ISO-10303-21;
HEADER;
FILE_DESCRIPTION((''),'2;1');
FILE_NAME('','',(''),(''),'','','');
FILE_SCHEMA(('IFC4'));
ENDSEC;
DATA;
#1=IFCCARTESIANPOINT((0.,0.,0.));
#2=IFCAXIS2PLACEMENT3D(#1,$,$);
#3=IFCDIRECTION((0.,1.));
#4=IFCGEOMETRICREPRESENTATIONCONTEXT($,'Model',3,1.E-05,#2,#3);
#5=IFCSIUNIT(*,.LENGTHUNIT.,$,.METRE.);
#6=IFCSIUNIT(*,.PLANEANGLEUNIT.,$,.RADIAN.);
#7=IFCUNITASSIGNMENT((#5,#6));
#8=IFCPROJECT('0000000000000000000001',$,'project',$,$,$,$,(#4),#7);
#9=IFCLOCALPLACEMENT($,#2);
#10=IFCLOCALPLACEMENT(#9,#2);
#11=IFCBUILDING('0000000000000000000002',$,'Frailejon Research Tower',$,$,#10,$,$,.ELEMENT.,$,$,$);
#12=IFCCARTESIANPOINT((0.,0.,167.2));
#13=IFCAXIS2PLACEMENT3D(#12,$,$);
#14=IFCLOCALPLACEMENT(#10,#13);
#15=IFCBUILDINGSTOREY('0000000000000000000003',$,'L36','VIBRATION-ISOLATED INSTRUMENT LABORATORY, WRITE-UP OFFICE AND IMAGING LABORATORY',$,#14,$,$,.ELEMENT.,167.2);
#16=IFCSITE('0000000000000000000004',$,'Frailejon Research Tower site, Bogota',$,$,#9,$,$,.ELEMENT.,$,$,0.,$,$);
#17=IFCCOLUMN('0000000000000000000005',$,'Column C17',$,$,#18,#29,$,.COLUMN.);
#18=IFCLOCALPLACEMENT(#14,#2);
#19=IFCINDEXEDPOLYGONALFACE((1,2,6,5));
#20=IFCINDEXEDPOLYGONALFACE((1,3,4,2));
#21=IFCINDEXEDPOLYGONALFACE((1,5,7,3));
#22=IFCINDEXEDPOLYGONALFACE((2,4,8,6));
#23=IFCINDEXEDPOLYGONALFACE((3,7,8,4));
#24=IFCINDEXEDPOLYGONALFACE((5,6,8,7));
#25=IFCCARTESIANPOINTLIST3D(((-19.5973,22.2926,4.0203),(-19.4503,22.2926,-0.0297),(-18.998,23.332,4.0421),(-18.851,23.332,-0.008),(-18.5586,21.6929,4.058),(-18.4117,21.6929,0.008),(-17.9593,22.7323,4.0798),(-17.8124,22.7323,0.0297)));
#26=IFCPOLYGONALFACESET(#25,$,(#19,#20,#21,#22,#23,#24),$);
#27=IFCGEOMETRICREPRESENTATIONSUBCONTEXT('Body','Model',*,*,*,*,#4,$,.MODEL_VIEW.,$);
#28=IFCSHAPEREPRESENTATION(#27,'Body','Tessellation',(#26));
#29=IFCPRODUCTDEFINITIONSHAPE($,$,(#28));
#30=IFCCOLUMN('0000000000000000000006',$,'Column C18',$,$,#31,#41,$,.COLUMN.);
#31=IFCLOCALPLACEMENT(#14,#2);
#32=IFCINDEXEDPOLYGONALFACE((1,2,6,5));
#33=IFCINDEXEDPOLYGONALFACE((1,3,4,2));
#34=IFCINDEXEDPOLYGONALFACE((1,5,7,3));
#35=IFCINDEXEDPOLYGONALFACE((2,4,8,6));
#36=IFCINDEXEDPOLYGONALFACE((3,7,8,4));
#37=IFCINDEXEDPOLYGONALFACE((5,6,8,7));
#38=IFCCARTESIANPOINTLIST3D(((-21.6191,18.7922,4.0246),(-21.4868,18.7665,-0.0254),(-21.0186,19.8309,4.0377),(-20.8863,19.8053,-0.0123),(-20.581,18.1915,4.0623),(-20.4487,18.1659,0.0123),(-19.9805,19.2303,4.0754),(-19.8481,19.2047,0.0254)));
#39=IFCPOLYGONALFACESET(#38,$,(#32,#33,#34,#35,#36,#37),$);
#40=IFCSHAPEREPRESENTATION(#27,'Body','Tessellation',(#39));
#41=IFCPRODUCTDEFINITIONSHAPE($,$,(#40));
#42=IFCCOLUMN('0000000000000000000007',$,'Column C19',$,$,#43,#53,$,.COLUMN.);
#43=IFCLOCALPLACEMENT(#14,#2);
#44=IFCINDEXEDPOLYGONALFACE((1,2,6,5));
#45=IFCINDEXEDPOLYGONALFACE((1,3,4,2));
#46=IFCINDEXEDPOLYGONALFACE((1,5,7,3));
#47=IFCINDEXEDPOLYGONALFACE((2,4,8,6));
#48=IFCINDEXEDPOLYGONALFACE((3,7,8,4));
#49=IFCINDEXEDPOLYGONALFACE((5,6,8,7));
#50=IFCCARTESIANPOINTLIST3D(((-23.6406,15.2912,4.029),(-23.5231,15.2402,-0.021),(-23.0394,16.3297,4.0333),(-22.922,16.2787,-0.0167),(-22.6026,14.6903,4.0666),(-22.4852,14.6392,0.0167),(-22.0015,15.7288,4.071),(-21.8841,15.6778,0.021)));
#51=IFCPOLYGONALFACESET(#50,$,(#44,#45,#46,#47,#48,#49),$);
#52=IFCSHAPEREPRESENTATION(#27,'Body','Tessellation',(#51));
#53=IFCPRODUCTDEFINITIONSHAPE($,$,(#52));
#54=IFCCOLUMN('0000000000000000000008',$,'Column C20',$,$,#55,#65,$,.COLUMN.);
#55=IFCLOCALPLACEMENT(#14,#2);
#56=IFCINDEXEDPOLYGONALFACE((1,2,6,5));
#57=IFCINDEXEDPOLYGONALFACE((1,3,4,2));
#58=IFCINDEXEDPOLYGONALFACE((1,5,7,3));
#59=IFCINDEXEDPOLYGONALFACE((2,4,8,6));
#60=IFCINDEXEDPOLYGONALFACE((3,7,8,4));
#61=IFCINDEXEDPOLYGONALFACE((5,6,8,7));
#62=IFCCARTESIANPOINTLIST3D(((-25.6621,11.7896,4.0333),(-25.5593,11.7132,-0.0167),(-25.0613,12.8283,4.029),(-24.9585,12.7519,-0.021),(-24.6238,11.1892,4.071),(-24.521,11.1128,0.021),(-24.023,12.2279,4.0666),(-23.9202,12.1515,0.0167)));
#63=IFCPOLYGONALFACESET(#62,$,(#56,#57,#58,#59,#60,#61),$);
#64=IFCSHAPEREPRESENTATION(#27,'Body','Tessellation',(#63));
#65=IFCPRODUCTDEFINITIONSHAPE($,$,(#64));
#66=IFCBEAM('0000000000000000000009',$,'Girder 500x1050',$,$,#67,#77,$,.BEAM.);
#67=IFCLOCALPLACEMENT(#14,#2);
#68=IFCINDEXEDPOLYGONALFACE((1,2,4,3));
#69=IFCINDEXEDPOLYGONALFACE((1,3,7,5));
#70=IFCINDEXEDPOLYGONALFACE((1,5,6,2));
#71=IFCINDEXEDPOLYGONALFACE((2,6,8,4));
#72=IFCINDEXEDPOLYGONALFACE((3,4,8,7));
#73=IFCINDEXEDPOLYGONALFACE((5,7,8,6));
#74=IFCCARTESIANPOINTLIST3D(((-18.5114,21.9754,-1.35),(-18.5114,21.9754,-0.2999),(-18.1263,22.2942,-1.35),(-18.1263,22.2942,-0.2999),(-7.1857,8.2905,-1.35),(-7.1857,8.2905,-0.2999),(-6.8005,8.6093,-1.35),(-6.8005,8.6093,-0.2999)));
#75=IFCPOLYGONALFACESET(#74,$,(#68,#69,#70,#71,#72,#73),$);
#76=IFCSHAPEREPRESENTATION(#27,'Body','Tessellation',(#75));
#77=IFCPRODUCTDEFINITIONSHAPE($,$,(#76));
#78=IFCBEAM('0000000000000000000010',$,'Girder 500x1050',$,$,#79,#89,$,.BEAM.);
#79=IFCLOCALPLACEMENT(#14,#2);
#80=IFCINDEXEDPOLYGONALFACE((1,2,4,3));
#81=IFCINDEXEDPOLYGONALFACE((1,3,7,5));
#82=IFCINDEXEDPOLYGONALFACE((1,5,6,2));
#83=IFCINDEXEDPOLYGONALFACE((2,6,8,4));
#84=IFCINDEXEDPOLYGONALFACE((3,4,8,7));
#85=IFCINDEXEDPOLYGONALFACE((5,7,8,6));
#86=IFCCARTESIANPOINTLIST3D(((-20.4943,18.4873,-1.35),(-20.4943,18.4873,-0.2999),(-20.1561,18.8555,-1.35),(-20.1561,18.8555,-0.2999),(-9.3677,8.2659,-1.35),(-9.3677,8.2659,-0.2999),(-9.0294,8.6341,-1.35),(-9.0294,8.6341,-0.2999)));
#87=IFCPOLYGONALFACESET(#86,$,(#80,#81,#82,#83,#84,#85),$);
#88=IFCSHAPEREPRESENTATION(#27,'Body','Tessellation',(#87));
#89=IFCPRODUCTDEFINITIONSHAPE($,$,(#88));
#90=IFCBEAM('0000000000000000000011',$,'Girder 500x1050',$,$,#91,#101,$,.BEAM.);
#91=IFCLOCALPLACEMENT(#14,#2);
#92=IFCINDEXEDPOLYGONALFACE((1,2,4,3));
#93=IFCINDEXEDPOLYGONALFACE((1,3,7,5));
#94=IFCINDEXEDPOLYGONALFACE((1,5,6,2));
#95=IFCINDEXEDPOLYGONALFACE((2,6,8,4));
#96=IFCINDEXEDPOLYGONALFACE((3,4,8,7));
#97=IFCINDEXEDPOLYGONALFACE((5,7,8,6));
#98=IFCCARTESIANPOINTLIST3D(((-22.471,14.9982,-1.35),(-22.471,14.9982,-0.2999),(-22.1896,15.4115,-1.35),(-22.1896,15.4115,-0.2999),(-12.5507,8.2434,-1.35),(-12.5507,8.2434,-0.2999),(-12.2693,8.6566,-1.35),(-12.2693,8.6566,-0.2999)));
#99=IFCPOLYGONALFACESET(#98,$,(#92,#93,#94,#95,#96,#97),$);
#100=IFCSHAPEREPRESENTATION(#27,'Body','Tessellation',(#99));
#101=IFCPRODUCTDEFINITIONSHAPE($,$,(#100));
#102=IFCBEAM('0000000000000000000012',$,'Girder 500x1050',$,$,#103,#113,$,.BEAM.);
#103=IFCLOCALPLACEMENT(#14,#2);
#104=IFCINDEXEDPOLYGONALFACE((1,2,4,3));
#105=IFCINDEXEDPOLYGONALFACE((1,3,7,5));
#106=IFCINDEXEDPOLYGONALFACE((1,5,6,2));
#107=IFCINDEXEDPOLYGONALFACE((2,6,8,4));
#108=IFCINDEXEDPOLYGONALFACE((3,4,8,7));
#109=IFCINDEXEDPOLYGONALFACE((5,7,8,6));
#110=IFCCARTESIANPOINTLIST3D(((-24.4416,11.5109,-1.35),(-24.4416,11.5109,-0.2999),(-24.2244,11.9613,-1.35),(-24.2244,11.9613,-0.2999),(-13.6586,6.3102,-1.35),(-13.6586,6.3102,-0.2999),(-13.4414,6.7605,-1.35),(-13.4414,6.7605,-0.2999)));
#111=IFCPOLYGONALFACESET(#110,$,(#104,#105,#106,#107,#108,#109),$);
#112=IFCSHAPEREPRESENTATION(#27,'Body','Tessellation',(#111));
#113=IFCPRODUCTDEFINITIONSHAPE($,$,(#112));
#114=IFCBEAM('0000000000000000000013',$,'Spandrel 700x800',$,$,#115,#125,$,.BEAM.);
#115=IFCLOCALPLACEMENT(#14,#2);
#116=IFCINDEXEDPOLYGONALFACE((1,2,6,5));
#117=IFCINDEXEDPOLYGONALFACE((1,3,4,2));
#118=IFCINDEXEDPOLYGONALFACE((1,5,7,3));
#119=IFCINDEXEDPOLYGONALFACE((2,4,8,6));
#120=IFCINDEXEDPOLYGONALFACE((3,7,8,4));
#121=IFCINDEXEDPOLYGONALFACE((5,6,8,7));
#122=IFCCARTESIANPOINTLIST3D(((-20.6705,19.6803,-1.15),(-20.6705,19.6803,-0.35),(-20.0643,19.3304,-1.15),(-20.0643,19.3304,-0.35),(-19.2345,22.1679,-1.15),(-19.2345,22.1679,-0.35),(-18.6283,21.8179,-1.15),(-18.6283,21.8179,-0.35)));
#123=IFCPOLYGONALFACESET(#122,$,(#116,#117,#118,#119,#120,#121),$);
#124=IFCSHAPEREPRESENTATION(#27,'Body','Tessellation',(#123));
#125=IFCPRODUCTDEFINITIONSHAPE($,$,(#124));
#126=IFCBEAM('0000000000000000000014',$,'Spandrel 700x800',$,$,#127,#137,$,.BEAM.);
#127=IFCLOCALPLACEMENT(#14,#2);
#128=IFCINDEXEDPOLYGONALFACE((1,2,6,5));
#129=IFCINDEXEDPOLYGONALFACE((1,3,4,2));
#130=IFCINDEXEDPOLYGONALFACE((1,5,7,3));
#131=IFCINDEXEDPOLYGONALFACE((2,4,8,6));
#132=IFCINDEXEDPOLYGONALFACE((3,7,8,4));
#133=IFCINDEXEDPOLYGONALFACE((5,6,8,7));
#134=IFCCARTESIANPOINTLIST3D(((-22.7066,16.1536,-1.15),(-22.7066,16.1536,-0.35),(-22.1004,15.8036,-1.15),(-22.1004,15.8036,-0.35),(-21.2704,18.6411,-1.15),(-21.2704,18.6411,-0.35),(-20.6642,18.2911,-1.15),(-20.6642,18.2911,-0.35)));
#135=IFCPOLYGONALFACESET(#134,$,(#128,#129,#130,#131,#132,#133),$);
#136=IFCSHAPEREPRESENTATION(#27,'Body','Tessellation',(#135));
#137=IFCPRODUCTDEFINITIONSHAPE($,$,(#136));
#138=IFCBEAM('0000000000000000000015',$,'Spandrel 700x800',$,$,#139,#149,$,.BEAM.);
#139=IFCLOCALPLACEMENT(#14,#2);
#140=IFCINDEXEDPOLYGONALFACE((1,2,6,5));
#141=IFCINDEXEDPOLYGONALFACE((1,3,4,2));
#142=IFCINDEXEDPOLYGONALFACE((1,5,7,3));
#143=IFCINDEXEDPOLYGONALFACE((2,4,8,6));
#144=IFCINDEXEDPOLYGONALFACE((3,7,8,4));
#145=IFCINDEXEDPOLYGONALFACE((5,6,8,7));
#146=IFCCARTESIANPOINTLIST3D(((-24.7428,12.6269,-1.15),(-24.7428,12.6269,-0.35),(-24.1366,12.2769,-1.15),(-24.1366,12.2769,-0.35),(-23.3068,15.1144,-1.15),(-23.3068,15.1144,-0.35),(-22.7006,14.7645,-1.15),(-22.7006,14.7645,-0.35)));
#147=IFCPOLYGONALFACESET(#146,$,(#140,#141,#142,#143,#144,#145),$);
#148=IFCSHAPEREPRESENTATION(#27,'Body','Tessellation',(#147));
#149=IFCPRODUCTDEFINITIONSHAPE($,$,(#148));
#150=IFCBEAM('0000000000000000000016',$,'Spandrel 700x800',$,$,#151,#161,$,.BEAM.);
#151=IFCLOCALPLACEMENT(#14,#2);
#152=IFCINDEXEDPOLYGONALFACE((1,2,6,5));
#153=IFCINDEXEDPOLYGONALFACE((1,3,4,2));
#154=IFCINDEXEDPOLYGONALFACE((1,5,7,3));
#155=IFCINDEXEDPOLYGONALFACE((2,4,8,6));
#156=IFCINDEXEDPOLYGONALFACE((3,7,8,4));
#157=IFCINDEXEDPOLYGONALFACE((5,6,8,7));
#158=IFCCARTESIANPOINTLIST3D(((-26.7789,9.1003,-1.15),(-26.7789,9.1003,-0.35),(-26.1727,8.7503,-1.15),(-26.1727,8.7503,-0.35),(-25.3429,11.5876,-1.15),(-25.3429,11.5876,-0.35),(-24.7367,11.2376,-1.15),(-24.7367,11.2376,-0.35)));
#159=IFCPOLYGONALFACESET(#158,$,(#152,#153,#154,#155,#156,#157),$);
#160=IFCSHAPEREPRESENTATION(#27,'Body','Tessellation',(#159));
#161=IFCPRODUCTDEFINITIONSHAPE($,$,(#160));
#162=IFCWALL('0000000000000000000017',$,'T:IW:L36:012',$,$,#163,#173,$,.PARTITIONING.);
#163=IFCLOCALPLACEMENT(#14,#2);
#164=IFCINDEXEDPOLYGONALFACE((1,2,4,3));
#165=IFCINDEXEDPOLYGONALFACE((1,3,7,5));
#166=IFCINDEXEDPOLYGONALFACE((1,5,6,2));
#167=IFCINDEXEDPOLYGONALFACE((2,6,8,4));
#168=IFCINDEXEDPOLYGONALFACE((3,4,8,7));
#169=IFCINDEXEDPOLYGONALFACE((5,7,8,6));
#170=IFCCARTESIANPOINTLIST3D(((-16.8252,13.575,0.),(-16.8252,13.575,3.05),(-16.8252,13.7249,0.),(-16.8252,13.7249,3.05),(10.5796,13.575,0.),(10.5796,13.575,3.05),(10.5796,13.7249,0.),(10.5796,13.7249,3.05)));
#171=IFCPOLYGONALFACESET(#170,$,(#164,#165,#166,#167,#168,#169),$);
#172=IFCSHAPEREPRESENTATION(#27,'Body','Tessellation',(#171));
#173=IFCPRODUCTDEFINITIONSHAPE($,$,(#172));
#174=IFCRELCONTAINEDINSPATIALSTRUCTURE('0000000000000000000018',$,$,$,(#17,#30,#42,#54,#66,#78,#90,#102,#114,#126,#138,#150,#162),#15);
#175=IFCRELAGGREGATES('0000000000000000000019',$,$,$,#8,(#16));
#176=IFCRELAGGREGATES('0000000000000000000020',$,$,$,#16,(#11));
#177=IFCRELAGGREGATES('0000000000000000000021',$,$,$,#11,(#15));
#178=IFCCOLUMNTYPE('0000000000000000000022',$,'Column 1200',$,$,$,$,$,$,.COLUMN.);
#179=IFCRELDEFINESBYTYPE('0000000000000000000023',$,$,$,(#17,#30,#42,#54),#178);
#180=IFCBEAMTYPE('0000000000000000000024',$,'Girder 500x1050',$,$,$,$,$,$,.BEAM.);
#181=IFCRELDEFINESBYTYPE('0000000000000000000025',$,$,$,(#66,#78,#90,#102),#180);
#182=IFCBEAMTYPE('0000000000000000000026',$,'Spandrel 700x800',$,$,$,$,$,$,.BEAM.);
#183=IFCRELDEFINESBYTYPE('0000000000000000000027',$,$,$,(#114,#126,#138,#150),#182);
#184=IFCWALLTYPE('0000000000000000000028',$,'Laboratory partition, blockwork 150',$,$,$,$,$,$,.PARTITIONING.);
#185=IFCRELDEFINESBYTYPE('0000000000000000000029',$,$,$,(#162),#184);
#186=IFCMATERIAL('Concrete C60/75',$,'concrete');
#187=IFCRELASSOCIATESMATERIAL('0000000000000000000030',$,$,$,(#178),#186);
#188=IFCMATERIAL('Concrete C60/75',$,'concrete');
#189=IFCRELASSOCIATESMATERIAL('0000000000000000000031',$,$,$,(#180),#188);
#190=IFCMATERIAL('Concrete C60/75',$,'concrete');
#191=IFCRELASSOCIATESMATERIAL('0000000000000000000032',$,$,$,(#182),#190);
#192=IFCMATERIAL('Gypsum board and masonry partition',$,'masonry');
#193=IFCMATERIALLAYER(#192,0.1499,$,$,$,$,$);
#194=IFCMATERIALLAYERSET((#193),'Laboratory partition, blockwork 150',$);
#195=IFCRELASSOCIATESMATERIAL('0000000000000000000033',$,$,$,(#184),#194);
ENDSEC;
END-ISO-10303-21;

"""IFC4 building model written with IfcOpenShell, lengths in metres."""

from ifc_helpers import new_model, si_unit, direction, frame, frame_2d, origin, origin_2d, place, context, subcontext, project, spatial, rectangle, extrude, material, layer, layer_set, material_profile, profile_set, type_object, element, save


model = new_model("IFC4")

# Units and contexts
model_context = context("Model", 3, precision=1e-05, world=origin(), true_north=direction((0.0, 1.0)))
body_context = subcontext(model_context, "Body", "Model", "MODEL_VIEW")
ifc_project = project(units=[si_unit("LENGTHUNIT", "METRE"), si_unit("PLANEANGLEUNIT", "RADIAN")], contexts=[model_context])

# Site, building, storey
site_placement = place(None, origin())
site = spatial("IfcSite", under=ifc_project, at=site_placement, Name="Frailejon Research Tower site, Bogota", CompositionType="ELEMENT", RefElevation=0.0)
building_placement = place(site_placement, origin())
building = spatial("IfcBuilding", under=site, at=building_placement, Name="Frailejon Research Tower", CompositionType="ELEMENT")
storey_placement = place(building_placement, frame((0.0, 0.0, 167.2)))
storey = spatial("IfcBuildingStorey", under=building, at=storey_placement, Name="L36", Description="VIBRATION-ISOLATED INSTRUMENT LABORATORY, WRITE-UP OFFICE AND IMAGING LABORATORY", CompositionType="ELEMENT", Elevation=167.2)

# Columns
ifc_material_1 = material(Name="Concrete C60/75", Category="concrete")
ifc_material_profile_1 = material_profile(ifc_material_1, rectangle(XDim=1.2, YDim=1.2, at=origin_2d()), Name="Column 1200")
ifc_profile_set_1 = profile_set([ifc_material_profile_1], Name="Concrete C60/75")
column_type = type_object("IfcColumnType", Name="Column 1200", PredefinedType="COLUMN", material=ifc_profile_set_1)
column_1_placement = place(storey_placement, frame((-18.6313, 22.5125, 0.0), z_axis=(-0.036265, 0.0, 0.999342), x_axis=(-0.499425, -0.866168, -0.018124)))
element("IfcColumn", 1, at=column_1_placement, inside=storey, type_object=column_type, Name="Column C17", PredefinedType="COLUMN", context=body_context, shape_type="SweptSolid", body=[
    extrude(rectangle(XDim=1.2, YDim=1.2, at=origin_2d()), origin(), (0.0, 0.0, 1.0), 4.0527),
])
column_2_placement = place(storey_placement, frame((-20.6675, 18.9856, 0.0), z_axis=(-0.032654, 0.006326, 0.999447), x_axis=(-0.500479, -0.865681, -0.010872)))
element("IfcColumn", 2, at=column_2_placement, inside=storey, type_object=column_type, Name="Column C18", PredefinedType="COLUMN", context=body_context, shape_type="SweptSolid", body=[
    extrude(rectangle(XDim=1.2, YDim=1.2, at=origin_2d()), origin(), (0.0, 0.0, 1.0), 4.0522),
])
for number, where, z_axis, x_axis, name in (
    (3, (-22.7036, 15.459, 0.0), (-0.028981, 0.012592, 0.999501), (-0.500966, -0.865459, -0.003622), "Column C19"),
    (4, (-24.7397, 11.9324, 0.0), (-0.025366, 0.018858, 0.9995), (-0.500693, -0.865617, 0.003626), "Column C20"),
):
    element("IfcColumn", number, at=place(storey_placement, frame(where, z_axis=z_axis, x_axis=x_axis)), inside=storey, type_object=column_type, Name=name, PredefinedType="COLUMN", context=body_context, shape_type="SweptSolid", body=[
        extrude(rectangle(XDim=1.2, YDim=1.2, at=origin_2d()), origin(), (0.0, 0.0, 1.0), 4.052),
    ])

# Beams
ifc_material_2 = material(Name="Concrete C60/75", Category="concrete")
ifc_material_profile_2 = material_profile(ifc_material_2, rectangle(XDim=0.5, YDim=1.05, at=origin_2d()), Name="Girder 500x1050")
ifc_profile_set_2 = profile_set([ifc_material_profile_2], Name="Concrete C60/75")
beam_type_1 = type_object("IfcBeamType", Name="Girder 500x1050", PredefinedType="BEAM", material=ifc_profile_set_2)
beam_1_placement = place(storey_placement, frame((-18.3188, 22.1348, -0.825), z_axis=(0.637578, -0.770385, 0.0), x_axis=(0.770385, 0.637578, 0.0)))
element("IfcBeam", 5, at=beam_1_placement, inside=storey, type_object=beam_type_1, Name="Girder 500x1050", PredefinedType="BEAM", context=body_context, shape_type="SweptSolid", body=[
    extrude(rectangle(XDim=0.5, YDim=1.05, at=origin_2d()), origin(), (0.0, 0.0, 1.0), 17.7637),
])
beam_2_placement = place(storey_placement, frame((-20.3252, 18.6714, -0.825), z_axis=(0.73643, -0.676514, 0.0), x_axis=(0.676514, 0.73643, 0.0)))
element("IfcBeam", 6, at=beam_2_placement, inside=storey, type_object=beam_type_1, Name="Girder 500x1050", PredefinedType="BEAM", context=body_context, shape_type="SweptSolid", body=[
    extrude(rectangle(XDim=0.5, YDim=1.05, at=origin_2d()), origin(), (0.0, 0.0, 1.0), 15.1089),
])
beam_3_placement = place(storey_placement, frame((-22.3303, 15.2048, -0.825), z_axis=(0.826578, -0.562823, 0.0), x_axis=(0.562823, 0.826578, 0.0)))
element("IfcBeam", 7, at=beam_3_placement, inside=storey, type_object=beam_type_1, Name="Girder 500x1050", PredefinedType="BEAM", context=body_context, shape_type="SweptSolid", body=[
    extrude(rectangle(XDim=0.5, YDim=1.05, at=origin_2d()), origin(), (0.0, 0.0, 1.0), 12.0017),
])
beam_4_placement = place(storey_placement, frame((-24.333, 11.7361, -0.825), z_axis=(0.900711, -0.434418, 0.0), x_axis=(0.434418, 0.900711, 0.0)))
element("IfcBeam", 8, at=beam_4_placement, inside=storey, type_object=beam_type_1, Name="Girder 500x1050", PredefinedType="BEAM", context=body_context, shape_type="SweptSolid", body=[
    extrude(rectangle(XDim=0.5, YDim=1.05, at=origin_2d()), origin(), (0.0, 0.0, 1.0), 11.9717),
])
ifc_material_3 = material(Name="Concrete C60/75", Category="concrete")
ifc_material_profile_3 = material_profile(ifc_material_3, rectangle(XDim=0.7, YDim=0.8, at=origin_2d()), Name="Spandrel 700x800")
ifc_profile_set_3 = profile_set([ifc_material_profile_3], Name="Concrete C60/75")
beam_type_2 = type_object("IfcBeamType", Name="Spandrel 700x800", PredefinedType="BEAM", material=ifc_profile_set_3)
for number, where, z_axis, x_axis, name in (
    (9, (-18.9314, 21.9929, -0.75), (-0.49996, -0.866048, 0.0), (0.866048, -0.49996, 0.0), "Spandrel 700x800"),
    (10, (-20.9673, 18.4661, -0.75), (-0.500024, -0.866011, 0.0), (0.866011, -0.500024, 0.0), "Spandrel 700x800"),
    (11, (-23.0037, 14.9395, -0.75), (-0.49996, -0.866048, 0.0), (0.866048, -0.49996, 0.0), "Spandrel 700x800"),
):
    element("IfcBeam", number, at=place(storey_placement, frame(where, z_axis=z_axis, x_axis=x_axis)), inside=storey, type_object=beam_type_2, Name=name, PredefinedType="BEAM", context=body_context, shape_type="SweptSolid", body=[
        extrude(rectangle(XDim=0.7, YDim=0.8, at=origin_2d()), origin(), (0.0, 0.0, 1.0), 2.8723),
    ])
beam_5_placement = place(storey_placement, frame((-25.0398, 11.4126, -0.75), z_axis=(-0.499997, -0.866027, 0.0), x_axis=(0.866027, -0.499997, 0.0)))
element("IfcBeam", 12, at=beam_5_placement, inside=storey, type_object=beam_type_2, Name="Spandrel 700x800", PredefinedType="BEAM", context=body_context, shape_type="SweptSolid", body=[
    extrude(rectangle(XDim=0.7, YDim=0.8, at=origin_2d()), origin(), (0.0, 0.0, 1.0), 2.8721),
])

# Wall
ifc_material_4 = material(Name="Gypsum board and masonry partition", Category="masonry")
ifc_layer_1 = layer(ifc_material_4, 0.1499)
ifc_layer_set_1 = layer_set([ifc_layer_1], Name="Laboratory partition, blockwork 150")
wall_type_1 = type_object("IfcWallType", Name="Laboratory partition, blockwork 150", PredefinedType="PARTITIONING", material=ifc_layer_set_1)
wall_1_placement = place(storey_placement, frame((-16.8252, 13.6499, 0.0), z_axis=(0.0, 0.0, 1.0), x_axis=(1.0, 0.0, 0.0)))
element("IfcWall", 13, at=wall_1_placement, inside=storey, type_object=wall_type_1, Name="T:IW:L36:012", PredefinedType="PARTITIONING", context=body_context, shape_type="SweptSolid", body=[
    extrude(rectangle(XDim=27.4048, YDim=0.1499, at=frame_2d((13.7024, 0.0))), origin(), (0.0, 0.0, 1.0), 3.05),
])

save(model, "model.ifc")
